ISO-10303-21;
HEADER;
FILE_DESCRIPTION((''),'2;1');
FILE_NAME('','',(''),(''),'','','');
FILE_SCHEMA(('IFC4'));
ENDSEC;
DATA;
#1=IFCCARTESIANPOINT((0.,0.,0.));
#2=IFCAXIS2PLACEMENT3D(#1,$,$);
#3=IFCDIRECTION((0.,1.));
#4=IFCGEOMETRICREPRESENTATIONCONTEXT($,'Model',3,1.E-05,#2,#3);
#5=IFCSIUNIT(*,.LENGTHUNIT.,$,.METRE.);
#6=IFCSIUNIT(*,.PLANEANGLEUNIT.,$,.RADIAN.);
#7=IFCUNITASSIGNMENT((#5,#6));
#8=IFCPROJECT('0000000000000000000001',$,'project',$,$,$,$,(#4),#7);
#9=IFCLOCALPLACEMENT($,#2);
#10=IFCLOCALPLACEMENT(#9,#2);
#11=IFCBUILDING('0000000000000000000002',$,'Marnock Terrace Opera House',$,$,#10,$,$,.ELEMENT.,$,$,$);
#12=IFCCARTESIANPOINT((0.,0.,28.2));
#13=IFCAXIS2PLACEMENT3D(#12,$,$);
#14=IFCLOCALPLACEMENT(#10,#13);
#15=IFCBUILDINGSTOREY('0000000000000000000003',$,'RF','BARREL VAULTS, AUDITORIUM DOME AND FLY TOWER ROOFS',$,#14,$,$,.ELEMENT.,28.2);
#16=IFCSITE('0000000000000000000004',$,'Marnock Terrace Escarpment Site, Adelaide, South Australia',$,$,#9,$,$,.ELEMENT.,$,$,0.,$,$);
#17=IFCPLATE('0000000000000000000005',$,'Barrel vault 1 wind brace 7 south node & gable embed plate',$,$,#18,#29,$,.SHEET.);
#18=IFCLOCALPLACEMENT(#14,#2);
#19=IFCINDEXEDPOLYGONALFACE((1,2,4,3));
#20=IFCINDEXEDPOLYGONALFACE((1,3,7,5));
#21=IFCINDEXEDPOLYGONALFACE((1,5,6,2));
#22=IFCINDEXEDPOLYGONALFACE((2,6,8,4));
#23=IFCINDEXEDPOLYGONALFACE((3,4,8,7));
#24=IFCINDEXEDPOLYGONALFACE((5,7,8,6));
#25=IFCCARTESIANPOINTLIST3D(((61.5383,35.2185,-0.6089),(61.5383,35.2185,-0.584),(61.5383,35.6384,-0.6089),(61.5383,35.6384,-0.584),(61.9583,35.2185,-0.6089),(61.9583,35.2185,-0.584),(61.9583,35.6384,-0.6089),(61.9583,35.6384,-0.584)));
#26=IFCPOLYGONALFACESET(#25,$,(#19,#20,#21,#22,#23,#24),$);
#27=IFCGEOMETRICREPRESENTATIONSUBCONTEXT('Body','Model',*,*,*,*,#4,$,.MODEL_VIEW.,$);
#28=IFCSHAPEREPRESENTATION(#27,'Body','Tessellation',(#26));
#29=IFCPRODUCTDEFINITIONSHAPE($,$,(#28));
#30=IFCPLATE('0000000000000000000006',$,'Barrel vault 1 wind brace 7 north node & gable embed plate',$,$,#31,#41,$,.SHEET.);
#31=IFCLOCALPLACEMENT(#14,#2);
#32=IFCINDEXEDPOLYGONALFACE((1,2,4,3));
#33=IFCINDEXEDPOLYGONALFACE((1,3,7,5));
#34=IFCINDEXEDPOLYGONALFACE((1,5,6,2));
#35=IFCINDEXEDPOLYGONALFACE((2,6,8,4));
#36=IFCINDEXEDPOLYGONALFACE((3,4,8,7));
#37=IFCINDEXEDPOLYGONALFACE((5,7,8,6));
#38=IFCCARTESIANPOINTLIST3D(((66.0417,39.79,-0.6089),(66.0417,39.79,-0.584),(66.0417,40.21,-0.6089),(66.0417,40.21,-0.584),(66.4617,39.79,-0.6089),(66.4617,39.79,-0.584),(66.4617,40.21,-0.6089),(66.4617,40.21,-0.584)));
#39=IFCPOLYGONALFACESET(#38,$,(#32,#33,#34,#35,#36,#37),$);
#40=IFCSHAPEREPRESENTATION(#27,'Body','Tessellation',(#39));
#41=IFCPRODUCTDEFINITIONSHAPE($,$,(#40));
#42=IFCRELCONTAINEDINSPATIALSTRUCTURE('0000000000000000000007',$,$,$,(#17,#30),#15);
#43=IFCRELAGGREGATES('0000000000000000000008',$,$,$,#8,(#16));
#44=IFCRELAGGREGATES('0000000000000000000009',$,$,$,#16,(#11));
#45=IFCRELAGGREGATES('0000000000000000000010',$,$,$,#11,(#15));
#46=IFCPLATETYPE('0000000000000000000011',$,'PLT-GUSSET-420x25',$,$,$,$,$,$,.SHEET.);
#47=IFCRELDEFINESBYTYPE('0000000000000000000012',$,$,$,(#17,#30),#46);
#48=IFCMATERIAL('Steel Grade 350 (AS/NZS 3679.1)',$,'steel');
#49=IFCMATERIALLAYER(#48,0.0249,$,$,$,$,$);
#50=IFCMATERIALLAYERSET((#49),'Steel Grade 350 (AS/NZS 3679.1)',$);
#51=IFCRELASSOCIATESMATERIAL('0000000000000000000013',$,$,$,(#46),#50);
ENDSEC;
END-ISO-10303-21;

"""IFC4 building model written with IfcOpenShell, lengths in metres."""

from ifc_helpers import new_model, si_unit, direction, frame, origin, origin_2d, place, context, subcontext, project, spatial, rectangle, extrude, material, layer, layer_set, type_object, element, save


model = new_model("IFC4")

# Units and contexts
model_context = context("Model", 3, precision=1e-05, world=origin(), true_north=direction((0.0, 1.0)))
body_context = subcontext(model_context, "Body", "Model", "MODEL_VIEW")
ifc_project = project(units=[si_unit("LENGTHUNIT", "METRE"), si_unit("PLANEANGLEUNIT", "RADIAN")], contexts=[model_context])

# Site, building, storey
site_placement = place(None, origin())
site = spatial("IfcSite", under=ifc_project, at=site_placement, Name="Marnock Terrace Escarpment Site, Adelaide, South Australia", CompositionType="ELEMENT", RefElevation=0.0)
building_placement = place(site_placement, origin())
building = spatial("IfcBuilding", under=site, at=building_placement, Name="Marnock Terrace Opera House", CompositionType="ELEMENT")
storey_placement = place(building_placement, frame((0.0, 0.0, 28.2)))
storey = spatial("IfcBuildingStorey", under=building, at=storey_placement, Name="RF", Description="BARREL VAULTS, AUDITORIUM DOME AND FLY TOWER ROOFS", CompositionType="ELEMENT", Elevation=28.2)

# Shared definitions
ifc_material_1 = material(Name="Steel Grade 350 (AS/NZS 3679.1)", Category="steel")

# Plates
ifc_layer = layer(ifc_material_1, 0.0249)
ifc_layer_set = layer_set([ifc_layer], Name="Steel Grade 350 (AS/NZS 3679.1)")
plate_type = type_object("IfcPlateType", Name="PLT-GUSSET-420x25", PredefinedType="SHEET", material=ifc_layer_set)
for number, where, z_axis, x_axis, name in (
    (1, (61.7483, 35.4285, -0.6089), (0.0, 0.0, 1.0), (1.0, 0.0, 0.0), "Barrel vault 1 wind brace 7 south node & gable embed plate"),
    (2, (66.2517, 40.0, -0.6089), (0.0, 0.0, 1.0), (1.0, 0.0, 0.0), "Barrel vault 1 wind brace 7 north node & gable embed plate"),
):
    element("IfcPlate", number, at=place(storey_placement, frame(where, z_axis=z_axis, x_axis=x_axis)), inside=storey, type_object=plate_type, Name=name, PredefinedType="SHEET", context=body_context, shape_type="SweptSolid", body=[
        extrude(rectangle(XDim=0.4199, YDim=0.4199, at=origin_2d()), origin(), (0.0, 0.0, 1.0), 0.0249),
    ])

save(model, "model.ifc")
